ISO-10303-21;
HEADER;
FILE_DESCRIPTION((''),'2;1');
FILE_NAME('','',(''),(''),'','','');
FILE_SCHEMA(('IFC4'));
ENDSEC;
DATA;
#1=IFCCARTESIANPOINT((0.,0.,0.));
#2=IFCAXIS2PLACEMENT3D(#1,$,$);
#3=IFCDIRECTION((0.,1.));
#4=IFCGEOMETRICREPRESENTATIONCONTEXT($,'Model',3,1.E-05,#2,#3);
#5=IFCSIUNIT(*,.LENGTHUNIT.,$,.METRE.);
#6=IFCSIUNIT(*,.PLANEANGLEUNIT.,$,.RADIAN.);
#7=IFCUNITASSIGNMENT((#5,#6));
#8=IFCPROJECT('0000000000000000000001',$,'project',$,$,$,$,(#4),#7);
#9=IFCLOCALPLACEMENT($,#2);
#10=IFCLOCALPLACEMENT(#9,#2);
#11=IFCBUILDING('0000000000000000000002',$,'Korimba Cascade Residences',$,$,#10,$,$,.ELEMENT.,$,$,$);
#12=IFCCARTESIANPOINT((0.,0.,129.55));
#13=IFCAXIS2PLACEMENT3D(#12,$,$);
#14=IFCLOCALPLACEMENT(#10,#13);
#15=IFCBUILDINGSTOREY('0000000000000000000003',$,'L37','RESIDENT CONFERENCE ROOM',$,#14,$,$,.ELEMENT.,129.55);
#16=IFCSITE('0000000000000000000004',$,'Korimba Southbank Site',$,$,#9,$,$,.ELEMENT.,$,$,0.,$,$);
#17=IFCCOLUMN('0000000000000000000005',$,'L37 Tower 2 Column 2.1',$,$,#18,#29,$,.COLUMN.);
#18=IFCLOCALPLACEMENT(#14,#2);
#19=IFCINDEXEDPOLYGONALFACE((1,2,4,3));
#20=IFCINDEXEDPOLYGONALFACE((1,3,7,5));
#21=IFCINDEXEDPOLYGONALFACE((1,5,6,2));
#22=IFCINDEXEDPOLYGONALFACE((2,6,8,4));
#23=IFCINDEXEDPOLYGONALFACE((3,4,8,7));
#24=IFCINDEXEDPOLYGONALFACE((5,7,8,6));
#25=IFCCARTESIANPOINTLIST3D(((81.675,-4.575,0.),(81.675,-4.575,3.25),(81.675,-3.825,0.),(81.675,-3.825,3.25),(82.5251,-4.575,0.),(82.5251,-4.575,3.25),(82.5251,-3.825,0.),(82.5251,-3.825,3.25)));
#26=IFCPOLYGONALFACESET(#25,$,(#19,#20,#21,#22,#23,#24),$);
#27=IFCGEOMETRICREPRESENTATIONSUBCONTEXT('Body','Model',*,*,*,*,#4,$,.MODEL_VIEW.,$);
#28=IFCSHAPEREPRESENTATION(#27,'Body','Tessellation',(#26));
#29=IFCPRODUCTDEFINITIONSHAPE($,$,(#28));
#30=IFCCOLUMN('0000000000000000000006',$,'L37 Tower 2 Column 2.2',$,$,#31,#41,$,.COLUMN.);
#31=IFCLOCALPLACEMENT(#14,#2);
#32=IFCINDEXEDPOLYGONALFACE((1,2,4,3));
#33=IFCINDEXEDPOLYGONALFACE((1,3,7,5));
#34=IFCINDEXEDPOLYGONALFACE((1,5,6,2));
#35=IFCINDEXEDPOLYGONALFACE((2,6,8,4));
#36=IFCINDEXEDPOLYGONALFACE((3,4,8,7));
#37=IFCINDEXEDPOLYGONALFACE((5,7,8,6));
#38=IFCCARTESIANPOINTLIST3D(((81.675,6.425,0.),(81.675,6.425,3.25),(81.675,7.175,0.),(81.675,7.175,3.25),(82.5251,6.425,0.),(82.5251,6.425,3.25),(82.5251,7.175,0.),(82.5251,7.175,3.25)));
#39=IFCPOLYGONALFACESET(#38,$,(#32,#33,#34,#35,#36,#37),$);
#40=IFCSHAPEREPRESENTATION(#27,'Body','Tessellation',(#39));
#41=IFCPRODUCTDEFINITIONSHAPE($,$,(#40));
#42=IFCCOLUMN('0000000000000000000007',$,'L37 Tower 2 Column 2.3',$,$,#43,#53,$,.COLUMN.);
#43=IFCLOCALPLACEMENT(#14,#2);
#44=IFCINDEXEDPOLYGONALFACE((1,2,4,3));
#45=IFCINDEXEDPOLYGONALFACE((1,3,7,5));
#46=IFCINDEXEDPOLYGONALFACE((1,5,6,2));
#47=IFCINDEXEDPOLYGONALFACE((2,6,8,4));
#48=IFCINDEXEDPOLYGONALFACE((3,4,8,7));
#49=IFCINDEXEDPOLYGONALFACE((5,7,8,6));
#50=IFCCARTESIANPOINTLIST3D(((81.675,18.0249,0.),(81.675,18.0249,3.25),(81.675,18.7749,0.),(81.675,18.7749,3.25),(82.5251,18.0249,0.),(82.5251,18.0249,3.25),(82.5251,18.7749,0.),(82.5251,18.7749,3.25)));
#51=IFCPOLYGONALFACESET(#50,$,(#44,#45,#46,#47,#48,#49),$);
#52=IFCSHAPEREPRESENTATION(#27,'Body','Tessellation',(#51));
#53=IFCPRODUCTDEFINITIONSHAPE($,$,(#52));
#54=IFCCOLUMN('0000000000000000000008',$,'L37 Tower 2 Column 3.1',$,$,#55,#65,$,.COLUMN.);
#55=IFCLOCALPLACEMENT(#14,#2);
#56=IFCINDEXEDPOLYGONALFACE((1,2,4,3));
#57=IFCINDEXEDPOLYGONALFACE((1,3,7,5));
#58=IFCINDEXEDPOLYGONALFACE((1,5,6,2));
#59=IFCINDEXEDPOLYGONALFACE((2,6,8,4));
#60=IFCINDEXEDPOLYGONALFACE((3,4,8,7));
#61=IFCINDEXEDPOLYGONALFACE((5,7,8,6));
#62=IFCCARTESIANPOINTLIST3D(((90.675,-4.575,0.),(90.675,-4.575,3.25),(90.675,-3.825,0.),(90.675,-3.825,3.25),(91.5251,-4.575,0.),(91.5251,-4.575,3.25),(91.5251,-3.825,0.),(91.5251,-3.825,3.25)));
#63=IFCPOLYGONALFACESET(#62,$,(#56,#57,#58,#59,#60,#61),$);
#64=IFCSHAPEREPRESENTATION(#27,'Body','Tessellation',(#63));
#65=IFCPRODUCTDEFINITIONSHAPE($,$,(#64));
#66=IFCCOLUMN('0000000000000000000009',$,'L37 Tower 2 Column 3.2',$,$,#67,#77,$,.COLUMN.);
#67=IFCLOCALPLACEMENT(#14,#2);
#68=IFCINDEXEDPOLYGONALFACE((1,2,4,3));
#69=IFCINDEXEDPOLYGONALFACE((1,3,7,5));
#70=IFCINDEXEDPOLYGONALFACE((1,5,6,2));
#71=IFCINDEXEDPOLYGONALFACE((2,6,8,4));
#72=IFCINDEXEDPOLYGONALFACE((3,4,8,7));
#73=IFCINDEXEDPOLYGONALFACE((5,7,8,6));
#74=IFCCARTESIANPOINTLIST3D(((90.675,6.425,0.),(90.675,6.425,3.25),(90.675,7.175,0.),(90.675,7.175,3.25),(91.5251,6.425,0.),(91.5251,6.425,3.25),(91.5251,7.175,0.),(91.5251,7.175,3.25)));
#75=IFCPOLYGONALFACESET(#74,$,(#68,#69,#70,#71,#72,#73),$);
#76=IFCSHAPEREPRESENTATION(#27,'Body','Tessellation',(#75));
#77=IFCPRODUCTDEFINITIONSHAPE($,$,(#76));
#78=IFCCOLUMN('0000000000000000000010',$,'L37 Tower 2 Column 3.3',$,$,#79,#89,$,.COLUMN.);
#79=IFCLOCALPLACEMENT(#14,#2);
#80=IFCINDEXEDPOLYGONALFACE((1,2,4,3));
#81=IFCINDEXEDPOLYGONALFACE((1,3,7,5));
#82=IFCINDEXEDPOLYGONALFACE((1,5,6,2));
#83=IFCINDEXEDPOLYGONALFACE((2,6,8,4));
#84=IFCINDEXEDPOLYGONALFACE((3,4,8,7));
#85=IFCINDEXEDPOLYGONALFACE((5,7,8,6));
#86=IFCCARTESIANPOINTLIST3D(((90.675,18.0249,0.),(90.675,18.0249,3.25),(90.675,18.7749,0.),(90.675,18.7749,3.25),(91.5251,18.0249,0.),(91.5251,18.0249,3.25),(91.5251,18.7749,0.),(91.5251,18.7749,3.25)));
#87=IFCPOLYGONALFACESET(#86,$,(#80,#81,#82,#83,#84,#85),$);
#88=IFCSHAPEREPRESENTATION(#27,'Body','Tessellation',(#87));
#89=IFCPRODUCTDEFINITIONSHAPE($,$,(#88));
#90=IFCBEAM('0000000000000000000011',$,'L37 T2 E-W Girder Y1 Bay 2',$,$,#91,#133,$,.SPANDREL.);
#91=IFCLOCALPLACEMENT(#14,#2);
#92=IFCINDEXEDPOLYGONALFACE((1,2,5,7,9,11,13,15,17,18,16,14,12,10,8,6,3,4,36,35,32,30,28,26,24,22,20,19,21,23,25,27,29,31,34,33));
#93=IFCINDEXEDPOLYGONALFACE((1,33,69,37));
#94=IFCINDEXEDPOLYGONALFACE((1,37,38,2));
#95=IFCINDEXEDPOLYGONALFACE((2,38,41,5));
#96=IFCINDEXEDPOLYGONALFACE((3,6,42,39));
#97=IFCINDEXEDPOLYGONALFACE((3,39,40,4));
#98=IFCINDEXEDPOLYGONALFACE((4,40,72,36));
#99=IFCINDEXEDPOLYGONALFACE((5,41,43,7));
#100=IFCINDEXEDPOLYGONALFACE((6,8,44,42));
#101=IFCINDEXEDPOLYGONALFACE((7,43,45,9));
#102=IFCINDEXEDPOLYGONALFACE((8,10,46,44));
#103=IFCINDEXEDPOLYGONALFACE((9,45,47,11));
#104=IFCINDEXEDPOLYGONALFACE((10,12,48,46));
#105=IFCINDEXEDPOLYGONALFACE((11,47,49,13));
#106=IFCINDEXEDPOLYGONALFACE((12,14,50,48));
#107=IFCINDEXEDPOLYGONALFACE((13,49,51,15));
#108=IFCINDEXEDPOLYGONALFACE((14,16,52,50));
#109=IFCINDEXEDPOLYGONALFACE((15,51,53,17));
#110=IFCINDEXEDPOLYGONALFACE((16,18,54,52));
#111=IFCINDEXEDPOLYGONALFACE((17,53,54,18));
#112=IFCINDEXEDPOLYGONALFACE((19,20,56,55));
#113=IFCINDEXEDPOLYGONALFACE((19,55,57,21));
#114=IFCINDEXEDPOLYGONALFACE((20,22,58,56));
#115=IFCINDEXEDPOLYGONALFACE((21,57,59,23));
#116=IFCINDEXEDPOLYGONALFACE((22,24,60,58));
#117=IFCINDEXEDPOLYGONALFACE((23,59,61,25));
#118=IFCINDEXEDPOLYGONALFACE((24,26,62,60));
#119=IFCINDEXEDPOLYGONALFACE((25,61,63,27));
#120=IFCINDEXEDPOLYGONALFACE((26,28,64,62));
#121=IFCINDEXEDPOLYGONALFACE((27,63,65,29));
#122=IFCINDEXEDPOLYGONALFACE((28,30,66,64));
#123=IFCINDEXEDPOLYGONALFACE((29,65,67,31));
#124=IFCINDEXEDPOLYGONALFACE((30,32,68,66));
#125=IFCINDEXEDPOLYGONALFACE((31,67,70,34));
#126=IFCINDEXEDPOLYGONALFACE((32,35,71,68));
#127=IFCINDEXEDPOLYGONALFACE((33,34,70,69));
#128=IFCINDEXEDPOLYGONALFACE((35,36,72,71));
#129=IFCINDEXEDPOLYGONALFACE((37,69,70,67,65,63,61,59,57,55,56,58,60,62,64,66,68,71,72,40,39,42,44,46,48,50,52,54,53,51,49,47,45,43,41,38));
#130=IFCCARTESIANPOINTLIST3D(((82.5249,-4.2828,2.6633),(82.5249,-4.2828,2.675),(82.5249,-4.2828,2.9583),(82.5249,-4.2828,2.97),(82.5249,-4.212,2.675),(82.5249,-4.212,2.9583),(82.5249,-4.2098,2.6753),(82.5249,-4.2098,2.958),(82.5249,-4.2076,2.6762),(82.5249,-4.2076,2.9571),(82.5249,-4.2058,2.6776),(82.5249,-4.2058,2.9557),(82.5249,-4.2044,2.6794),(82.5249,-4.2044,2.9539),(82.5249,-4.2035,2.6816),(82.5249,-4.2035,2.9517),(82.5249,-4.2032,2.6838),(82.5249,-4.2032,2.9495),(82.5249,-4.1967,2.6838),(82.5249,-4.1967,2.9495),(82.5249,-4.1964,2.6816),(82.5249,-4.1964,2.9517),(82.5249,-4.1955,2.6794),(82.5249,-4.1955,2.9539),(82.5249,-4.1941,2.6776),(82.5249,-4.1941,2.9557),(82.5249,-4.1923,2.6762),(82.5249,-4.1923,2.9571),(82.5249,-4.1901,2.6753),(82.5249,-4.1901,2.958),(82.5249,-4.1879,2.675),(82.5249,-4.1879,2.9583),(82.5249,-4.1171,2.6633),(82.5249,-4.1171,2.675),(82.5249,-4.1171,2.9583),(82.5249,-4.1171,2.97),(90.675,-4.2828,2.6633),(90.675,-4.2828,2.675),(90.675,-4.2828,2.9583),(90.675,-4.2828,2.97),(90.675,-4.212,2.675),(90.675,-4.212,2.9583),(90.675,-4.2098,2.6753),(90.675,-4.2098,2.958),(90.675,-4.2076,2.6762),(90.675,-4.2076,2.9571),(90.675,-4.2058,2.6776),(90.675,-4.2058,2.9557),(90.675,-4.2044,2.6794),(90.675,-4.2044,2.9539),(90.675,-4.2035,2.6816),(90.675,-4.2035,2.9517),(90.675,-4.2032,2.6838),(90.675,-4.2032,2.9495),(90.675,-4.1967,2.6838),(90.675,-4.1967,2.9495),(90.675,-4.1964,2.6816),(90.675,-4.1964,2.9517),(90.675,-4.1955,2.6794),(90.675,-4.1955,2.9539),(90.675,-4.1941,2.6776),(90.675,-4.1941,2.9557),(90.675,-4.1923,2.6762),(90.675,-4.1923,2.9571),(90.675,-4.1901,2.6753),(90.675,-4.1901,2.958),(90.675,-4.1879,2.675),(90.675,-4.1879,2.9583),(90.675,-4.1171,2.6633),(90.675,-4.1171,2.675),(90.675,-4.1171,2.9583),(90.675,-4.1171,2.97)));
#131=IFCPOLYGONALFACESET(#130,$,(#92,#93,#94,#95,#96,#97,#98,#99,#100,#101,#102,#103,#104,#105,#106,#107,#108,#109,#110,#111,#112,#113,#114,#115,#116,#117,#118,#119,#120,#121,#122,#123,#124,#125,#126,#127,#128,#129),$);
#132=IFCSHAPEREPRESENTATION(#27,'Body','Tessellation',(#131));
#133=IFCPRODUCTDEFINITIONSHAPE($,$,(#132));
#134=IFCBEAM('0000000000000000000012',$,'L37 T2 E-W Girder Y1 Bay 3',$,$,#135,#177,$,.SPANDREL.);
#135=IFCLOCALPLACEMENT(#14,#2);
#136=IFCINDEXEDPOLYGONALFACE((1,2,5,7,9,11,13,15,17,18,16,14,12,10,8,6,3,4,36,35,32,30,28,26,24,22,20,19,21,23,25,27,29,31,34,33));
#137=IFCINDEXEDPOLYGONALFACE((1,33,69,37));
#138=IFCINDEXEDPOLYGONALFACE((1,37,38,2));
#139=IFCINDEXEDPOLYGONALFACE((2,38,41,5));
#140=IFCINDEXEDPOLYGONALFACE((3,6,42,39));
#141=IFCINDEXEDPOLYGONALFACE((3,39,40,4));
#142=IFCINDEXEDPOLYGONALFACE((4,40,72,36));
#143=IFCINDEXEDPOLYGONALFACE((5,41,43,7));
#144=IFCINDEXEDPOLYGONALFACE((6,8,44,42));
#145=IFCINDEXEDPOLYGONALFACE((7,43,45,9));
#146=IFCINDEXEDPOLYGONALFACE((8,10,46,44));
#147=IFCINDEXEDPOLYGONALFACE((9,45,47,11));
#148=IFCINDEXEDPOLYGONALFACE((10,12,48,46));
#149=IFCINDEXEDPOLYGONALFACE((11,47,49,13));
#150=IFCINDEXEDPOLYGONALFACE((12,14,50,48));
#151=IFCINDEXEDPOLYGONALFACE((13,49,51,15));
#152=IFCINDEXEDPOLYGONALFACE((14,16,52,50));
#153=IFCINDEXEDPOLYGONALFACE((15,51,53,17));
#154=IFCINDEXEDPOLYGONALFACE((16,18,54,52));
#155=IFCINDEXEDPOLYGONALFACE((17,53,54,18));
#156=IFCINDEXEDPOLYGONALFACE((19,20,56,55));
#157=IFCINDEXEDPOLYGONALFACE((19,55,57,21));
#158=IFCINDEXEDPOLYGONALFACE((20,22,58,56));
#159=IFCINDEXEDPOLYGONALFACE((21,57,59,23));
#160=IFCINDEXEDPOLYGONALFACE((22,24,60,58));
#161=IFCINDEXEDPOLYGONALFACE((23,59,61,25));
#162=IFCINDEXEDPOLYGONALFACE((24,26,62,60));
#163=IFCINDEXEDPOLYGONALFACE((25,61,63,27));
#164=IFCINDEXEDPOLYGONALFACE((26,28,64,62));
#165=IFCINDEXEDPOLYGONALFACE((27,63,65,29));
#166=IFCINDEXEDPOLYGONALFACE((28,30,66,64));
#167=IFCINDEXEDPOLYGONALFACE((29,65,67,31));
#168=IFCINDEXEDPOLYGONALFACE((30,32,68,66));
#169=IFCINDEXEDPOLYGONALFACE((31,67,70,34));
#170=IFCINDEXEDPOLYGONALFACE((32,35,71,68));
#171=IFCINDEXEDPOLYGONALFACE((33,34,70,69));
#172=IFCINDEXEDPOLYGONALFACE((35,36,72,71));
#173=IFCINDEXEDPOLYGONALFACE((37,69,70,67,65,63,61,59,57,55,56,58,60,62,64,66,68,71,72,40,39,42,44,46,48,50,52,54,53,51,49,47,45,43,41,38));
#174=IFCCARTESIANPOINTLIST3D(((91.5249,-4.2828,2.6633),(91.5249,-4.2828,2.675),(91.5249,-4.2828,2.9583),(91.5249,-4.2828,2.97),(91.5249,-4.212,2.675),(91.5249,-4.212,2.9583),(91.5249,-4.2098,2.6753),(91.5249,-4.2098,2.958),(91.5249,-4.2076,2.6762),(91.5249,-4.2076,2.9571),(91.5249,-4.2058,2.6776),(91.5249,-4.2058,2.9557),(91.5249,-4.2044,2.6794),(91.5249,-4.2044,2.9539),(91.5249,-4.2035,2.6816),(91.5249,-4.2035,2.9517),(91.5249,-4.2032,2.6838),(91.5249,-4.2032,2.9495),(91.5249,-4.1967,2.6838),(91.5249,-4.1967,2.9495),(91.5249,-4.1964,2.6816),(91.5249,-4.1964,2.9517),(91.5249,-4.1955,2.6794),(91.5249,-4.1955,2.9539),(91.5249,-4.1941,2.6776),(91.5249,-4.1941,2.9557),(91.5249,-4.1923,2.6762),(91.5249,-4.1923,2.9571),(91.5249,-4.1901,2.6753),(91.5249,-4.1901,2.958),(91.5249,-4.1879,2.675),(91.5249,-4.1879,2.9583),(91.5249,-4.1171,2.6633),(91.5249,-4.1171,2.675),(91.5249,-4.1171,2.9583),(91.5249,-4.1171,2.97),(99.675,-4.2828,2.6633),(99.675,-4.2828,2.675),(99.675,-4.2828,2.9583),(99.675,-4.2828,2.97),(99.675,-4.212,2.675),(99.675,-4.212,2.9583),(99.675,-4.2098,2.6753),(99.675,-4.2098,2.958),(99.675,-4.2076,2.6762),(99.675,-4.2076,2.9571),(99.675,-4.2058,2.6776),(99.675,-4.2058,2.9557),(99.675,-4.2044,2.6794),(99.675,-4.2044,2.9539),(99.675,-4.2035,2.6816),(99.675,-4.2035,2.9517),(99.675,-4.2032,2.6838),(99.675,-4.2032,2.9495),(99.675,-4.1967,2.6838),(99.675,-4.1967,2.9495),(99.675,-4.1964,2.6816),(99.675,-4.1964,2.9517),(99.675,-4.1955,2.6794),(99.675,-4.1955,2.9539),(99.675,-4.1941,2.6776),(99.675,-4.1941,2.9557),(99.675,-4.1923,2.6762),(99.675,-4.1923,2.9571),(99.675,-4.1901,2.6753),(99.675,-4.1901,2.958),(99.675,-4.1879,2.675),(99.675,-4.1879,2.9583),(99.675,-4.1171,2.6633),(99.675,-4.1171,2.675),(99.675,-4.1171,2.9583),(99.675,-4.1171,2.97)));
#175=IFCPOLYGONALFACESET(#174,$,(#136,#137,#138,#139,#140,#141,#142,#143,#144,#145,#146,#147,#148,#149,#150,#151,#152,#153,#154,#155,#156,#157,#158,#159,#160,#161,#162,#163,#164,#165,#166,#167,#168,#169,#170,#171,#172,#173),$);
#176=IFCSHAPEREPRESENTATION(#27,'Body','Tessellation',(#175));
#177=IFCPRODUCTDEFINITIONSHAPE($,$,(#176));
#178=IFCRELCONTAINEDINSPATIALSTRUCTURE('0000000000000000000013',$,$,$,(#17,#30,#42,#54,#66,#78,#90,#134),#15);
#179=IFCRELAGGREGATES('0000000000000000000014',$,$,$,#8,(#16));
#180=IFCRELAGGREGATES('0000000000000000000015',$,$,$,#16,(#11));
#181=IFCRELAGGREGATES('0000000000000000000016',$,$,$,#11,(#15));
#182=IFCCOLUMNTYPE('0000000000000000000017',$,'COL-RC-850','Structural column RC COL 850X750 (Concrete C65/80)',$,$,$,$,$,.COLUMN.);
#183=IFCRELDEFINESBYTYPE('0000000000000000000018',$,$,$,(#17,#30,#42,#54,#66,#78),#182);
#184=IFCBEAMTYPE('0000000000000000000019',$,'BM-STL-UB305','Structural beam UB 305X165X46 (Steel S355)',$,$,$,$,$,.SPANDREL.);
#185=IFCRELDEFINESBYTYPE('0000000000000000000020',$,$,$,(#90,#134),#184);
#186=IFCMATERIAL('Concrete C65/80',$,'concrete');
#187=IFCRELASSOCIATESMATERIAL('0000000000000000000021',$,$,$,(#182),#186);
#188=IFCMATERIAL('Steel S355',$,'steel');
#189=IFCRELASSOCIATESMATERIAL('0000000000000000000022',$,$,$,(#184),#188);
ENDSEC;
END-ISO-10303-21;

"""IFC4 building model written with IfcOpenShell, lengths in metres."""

from ifc_helpers import new_model, si_unit, direction, frame, origin, origin_2d, place, context, subcontext, project, spatial, rectangle, i_section, extrude, material, material_profile, profile_set, type_object, element, save


model = new_model("IFC4")

# Units and contexts
model_context = context("Model", 3, precision=1e-05, world=origin(), true_north=direction((0.0, 1.0)))
body_context = subcontext(model_context, "Body", "Model", "MODEL_VIEW")
ifc_project = project(units=[si_unit("LENGTHUNIT", "METRE"), si_unit("PLANEANGLEUNIT", "RADIAN")], contexts=[model_context])

# Site, building, storey
site_placement = place(None, origin())
site = spatial("IfcSite", under=ifc_project, at=site_placement, Name="Korimba Southbank Site", CompositionType="ELEMENT", RefElevation=0.0)
building_placement = place(site_placement, origin())
building = spatial("IfcBuilding", under=site, at=building_placement, Name="Korimba Cascade Residences", CompositionType="ELEMENT")
storey_placement = place(building_placement, frame((0.0, 0.0, 129.55)))
storey = spatial("IfcBuildingStorey", under=building, at=storey_placement, Name="L37", Description="RESIDENT CONFERENCE ROOM", CompositionType="ELEMENT", Elevation=129.55)

# Columns
ifc_material_1 = material(Name="Concrete C65/80", Category="concrete")
ifc_material_profile_1 = material_profile(ifc_material_1, rectangle(XDim=0.8501, YDim=0.75, at=origin_2d()), Name="Concrete C65/80")
ifc_profile_set_1 = profile_set([ifc_material_profile_1], Name="Concrete C65/80")
column_type = type_object("IfcColumnType", Name="COL-RC-850", Description="Structural column RC COL 850X750 (Concrete C65/80)", PredefinedType="COLUMN", material=ifc_profile_set_1)
for number, where, z_axis, x_axis, name in (
    (1, (82.1001, -4.2, 0.0), (0.0, 0.0, 1.0), (1.0, 0.0, 0.0), "L37 Tower 2 Column 2.1"),
    (2, (82.1001, 6.8, 0.0), (0.0, 0.0, 1.0), (1.0, 0.0, 0.0), "L37 Tower 2 Column 2.2"),
    (3, (82.1001, 18.3999, 0.0), (0.0, 0.0, 1.0), (1.0, 0.0, 0.0), "L37 Tower 2 Column 2.3"),
    (4, (91.1001, -4.2, 0.0), (0.0, 0.0, 1.0), (1.0, 0.0, 0.0), "L37 Tower 2 Column 3.1"),
    (5, (91.1001, 6.8, 0.0), (0.0, 0.0, 1.0), (1.0, 0.0, 0.0), "L37 Tower 2 Column 3.2"),
    (6, (91.1001, 18.3999, 0.0), (0.0, 0.0, 1.0), (1.0, 0.0, 0.0), "L37 Tower 2 Column 3.3"),
):
    element("IfcColumn", number, at=place(storey_placement, frame(where, z_axis=z_axis, x_axis=x_axis)), inside=storey, type_object=column_type, Name=name, PredefinedType="COLUMN", context=body_context, shape_type="SweptSolid", body=[
        extrude(rectangle(XDim=0.8501, YDim=0.75, at=origin_2d()), origin(), (0.0, 0.0, 1.0), 3.25),
    ])

# Beams
ifc_material_2 = material(Name="Steel S355", Category="steel")
ifc_material_profile_2 = material_profile(ifc_material_2, i_section(OverallWidth=0.1658, OverallDepth=0.3066, WebThickness=0.0066, FlangeThickness=0.0117, FilletRadius=0.0088, at=origin_2d()), Name="Steel S355")
ifc_profile_set_2 = profile_set([ifc_material_profile_2], Name="Steel S355")
beam_type_1 = type_object("IfcBeamType", Name="BM-STL-UB305", Description="Structural beam UB 305X165X46 (Steel S355)", PredefinedType="SPANDREL", material=ifc_profile_set_2)
for number, where, z_axis, x_axis, name in (
    (7, (82.5249, -4.2, 2.8167), (1.0, 0.0, 0.0), (0.0, 1.0, 0.0), "L37 T2 E-W Girder Y1 Bay 2"),
    (8, (91.5249, -4.2, 2.8167), (1.0, 0.0, 0.0), (0.0, 1.0, 0.0), "L37 T2 E-W Girder Y1 Bay 3"),
):
    element("IfcBeam", number, at=place(storey_placement, frame(where, z_axis=z_axis, x_axis=x_axis)), inside=storey, type_object=beam_type_1, Name=name, PredefinedType="SPANDREL", context=body_context, shape_type="SweptSolid", body=[
        extrude(i_section(OverallWidth=0.1658, OverallDepth=0.3066, WebThickness=0.0066, FlangeThickness=0.0117, FilletRadius=0.0088, at=origin_2d()), origin(), (0.0, 0.0, 1.0), 8.1501),
    ])

save(model, "model.ifc")
